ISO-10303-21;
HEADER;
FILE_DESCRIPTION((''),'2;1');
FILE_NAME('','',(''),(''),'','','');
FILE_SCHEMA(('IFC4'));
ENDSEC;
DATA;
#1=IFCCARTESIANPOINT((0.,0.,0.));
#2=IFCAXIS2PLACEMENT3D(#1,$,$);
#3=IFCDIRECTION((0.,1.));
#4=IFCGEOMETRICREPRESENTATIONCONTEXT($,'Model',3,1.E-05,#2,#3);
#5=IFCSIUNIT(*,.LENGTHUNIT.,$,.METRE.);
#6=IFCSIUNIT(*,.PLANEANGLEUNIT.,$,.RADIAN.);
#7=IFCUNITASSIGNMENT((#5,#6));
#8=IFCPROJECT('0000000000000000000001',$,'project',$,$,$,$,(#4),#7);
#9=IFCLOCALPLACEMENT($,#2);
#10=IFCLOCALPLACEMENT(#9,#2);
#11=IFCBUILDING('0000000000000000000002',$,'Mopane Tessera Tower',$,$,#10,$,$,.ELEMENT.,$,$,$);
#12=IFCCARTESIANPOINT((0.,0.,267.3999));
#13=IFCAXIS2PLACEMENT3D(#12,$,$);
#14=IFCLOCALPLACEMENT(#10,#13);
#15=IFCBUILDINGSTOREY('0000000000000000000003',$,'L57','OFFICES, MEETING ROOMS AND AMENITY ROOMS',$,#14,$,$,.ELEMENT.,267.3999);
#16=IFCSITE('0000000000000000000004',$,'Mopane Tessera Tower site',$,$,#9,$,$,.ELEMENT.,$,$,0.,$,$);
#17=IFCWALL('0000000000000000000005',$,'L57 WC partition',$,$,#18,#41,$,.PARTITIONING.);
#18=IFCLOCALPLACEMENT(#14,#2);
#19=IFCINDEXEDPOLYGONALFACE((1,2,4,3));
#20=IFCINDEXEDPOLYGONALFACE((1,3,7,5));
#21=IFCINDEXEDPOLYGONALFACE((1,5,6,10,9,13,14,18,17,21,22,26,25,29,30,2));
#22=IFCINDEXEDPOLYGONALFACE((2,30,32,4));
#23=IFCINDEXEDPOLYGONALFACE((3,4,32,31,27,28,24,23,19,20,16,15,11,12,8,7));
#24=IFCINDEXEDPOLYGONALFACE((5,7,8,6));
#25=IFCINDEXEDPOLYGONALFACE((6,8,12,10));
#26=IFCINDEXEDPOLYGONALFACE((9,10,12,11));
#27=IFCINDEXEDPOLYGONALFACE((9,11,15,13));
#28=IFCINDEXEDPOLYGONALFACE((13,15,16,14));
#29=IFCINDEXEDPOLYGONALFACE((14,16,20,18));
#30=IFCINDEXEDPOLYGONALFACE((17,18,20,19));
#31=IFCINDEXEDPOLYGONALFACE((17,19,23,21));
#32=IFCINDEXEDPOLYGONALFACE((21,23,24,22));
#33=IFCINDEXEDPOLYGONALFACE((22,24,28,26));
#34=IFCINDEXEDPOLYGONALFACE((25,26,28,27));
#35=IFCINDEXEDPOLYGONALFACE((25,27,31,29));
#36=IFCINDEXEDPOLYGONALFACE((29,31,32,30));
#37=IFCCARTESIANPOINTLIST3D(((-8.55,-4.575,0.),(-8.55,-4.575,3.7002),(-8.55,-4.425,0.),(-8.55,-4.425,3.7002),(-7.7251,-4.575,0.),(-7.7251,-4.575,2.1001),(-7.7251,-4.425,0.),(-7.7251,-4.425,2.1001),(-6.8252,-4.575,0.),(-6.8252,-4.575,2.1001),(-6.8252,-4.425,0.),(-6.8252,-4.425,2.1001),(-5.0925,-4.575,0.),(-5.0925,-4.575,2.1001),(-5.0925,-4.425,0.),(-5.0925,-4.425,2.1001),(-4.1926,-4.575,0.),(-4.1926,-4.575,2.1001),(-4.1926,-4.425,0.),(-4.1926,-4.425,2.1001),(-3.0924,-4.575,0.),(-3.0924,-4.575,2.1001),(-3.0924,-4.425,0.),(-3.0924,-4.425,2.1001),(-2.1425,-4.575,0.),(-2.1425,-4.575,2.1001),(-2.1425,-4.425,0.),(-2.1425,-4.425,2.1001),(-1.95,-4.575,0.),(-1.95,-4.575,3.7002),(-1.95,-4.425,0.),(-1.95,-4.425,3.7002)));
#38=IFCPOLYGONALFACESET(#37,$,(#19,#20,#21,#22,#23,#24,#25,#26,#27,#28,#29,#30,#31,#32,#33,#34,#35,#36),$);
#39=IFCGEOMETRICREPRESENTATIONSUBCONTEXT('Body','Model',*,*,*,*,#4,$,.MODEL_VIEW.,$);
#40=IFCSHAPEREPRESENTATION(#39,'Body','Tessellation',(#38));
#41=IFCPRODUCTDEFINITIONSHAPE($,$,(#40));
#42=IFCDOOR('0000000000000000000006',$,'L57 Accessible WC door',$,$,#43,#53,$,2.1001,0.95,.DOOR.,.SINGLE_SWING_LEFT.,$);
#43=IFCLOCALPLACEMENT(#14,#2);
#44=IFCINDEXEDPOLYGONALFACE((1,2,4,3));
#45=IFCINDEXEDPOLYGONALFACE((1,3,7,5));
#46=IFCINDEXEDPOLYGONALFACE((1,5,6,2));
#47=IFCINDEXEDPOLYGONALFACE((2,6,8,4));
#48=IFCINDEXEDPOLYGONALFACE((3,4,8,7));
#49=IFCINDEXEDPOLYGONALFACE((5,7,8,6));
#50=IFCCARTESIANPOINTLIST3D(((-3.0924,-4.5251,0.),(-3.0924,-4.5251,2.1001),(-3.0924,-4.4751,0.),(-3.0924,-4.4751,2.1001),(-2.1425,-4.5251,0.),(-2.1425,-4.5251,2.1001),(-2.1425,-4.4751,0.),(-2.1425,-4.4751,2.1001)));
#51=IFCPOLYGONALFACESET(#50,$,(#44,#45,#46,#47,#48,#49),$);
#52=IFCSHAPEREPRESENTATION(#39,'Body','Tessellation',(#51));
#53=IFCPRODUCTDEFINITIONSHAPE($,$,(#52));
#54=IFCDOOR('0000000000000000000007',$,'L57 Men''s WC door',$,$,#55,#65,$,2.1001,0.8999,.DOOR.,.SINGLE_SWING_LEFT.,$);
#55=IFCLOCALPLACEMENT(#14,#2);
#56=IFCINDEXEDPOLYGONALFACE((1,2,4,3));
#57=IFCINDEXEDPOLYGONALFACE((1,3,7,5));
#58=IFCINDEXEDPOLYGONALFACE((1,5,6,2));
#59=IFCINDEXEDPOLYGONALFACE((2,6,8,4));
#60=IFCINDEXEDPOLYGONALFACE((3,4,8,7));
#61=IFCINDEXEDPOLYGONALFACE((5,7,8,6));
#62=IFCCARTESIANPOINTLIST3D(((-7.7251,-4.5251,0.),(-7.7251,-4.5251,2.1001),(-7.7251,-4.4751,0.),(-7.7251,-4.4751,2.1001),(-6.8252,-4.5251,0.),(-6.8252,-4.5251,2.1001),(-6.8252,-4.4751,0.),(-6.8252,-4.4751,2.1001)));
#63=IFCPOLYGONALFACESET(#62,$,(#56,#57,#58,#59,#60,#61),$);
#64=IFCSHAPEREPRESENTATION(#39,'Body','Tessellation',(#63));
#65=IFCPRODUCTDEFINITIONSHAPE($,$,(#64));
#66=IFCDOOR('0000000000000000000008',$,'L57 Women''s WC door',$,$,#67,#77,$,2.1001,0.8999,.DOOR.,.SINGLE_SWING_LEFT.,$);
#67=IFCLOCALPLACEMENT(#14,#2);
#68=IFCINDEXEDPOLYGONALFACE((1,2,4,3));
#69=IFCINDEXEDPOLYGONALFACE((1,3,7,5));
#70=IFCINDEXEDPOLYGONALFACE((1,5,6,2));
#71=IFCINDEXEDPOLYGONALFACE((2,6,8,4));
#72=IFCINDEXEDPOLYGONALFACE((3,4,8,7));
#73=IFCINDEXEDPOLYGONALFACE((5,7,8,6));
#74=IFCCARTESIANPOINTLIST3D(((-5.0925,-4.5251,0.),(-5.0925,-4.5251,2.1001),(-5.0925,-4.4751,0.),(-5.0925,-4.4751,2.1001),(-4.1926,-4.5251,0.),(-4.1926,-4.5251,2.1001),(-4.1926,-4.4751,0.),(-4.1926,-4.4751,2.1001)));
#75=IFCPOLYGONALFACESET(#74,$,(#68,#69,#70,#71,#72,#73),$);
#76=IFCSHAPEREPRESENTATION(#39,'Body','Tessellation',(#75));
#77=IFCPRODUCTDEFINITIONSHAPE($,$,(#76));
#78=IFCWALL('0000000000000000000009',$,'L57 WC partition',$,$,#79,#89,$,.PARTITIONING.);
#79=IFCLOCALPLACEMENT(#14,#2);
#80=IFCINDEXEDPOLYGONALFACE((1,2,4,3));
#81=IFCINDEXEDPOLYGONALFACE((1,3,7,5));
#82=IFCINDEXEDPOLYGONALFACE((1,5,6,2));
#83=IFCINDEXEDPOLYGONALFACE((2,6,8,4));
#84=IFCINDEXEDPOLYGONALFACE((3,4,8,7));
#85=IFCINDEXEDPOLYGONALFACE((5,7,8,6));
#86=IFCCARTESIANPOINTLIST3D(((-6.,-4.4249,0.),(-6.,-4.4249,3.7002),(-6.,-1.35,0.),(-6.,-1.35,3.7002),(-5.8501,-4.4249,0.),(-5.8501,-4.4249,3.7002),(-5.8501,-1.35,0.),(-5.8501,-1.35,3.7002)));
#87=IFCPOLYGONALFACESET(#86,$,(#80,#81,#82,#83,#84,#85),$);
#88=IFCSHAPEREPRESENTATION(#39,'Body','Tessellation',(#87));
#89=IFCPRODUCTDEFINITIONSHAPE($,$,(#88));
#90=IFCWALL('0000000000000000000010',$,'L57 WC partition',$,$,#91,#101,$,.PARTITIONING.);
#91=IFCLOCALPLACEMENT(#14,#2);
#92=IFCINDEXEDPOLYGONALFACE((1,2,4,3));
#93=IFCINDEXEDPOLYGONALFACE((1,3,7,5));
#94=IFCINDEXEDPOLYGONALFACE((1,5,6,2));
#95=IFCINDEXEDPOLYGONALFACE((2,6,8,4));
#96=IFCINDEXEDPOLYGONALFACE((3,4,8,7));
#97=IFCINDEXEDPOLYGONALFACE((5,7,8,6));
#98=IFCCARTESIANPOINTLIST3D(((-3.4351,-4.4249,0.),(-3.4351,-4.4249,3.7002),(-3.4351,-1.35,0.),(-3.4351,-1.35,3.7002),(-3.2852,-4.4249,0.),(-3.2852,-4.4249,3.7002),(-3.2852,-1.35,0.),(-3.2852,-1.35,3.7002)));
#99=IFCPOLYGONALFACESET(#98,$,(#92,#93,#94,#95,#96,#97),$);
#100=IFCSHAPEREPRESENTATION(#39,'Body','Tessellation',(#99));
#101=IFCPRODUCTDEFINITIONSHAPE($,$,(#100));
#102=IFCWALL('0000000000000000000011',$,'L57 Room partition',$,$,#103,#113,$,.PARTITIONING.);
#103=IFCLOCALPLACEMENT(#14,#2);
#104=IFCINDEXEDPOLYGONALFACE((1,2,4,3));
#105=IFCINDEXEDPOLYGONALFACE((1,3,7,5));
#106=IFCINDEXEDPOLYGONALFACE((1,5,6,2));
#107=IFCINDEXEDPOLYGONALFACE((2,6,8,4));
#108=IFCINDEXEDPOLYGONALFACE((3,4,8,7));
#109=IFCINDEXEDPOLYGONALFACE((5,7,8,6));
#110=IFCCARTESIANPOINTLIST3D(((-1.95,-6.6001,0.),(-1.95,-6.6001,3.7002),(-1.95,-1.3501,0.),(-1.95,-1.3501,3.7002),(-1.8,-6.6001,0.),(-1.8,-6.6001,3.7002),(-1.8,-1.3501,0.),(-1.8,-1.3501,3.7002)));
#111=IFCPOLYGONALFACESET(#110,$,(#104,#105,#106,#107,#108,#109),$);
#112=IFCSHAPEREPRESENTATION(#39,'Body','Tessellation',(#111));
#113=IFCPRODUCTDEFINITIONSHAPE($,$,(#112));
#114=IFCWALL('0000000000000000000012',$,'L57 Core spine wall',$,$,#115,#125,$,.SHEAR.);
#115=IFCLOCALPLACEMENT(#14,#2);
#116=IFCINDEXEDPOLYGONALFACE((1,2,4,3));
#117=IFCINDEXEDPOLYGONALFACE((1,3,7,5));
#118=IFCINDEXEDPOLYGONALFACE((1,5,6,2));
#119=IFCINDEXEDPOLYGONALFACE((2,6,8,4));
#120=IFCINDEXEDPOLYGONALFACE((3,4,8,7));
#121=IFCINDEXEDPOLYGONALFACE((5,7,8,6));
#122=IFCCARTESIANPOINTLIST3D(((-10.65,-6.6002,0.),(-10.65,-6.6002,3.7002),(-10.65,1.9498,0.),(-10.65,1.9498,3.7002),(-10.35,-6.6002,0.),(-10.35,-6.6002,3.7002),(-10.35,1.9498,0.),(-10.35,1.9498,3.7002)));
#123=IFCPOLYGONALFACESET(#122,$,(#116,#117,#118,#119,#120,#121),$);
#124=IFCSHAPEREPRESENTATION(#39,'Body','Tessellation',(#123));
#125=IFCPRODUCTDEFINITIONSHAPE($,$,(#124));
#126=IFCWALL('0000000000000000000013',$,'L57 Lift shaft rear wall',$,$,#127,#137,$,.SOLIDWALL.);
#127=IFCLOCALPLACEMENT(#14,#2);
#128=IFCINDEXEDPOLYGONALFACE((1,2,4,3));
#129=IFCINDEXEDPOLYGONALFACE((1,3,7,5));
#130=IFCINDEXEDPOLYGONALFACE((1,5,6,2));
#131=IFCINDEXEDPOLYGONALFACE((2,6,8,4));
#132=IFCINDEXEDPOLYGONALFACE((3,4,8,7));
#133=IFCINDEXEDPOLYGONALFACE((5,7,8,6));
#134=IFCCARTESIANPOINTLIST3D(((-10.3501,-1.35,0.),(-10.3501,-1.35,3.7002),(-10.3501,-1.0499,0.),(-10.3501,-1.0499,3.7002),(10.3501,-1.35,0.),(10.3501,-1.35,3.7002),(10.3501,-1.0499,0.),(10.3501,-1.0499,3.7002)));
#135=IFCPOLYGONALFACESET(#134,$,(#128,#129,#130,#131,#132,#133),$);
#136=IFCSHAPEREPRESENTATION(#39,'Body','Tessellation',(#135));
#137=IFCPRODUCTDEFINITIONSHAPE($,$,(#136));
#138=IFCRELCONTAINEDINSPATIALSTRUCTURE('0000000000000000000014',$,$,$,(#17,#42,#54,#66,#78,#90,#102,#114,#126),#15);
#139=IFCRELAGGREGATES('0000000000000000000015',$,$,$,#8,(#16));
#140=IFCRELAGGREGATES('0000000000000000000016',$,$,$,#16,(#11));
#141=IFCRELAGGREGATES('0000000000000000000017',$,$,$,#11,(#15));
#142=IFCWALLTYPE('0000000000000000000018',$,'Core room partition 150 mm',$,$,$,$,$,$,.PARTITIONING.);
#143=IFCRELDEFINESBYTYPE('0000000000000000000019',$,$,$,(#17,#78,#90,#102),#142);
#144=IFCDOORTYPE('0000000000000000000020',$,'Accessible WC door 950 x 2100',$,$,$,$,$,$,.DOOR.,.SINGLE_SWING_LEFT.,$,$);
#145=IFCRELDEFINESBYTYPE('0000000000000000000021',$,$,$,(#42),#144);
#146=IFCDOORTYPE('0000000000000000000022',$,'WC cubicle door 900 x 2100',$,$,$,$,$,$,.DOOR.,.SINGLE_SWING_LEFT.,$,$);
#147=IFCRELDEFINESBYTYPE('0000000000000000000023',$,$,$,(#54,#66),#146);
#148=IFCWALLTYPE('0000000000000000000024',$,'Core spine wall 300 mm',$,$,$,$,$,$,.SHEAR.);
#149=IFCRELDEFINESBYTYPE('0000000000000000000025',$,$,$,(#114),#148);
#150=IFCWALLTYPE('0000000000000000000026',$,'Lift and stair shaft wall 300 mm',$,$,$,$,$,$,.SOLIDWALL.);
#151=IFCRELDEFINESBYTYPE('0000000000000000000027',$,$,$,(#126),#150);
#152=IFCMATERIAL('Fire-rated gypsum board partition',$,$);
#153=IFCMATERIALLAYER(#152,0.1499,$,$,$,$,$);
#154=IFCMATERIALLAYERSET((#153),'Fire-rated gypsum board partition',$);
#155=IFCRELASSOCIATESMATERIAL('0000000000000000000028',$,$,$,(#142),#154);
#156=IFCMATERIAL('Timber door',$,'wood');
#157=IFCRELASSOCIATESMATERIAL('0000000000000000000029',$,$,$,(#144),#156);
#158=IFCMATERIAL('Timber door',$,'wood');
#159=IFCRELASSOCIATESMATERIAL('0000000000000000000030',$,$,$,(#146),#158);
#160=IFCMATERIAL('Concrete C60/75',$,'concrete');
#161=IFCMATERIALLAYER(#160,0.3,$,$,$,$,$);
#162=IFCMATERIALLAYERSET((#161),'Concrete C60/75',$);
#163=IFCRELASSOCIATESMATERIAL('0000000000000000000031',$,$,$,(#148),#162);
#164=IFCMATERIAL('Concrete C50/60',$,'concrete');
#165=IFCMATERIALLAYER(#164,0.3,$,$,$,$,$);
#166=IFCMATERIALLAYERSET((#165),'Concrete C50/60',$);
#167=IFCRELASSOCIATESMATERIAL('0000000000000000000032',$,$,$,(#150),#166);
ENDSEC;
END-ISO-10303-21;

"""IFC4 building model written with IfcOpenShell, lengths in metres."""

from ifc_helpers import new_model, si_unit, direction, frame, frame_2d, origin, place, context, subcontext, project, spatial, rectangle, extrude, material, layer, layer_set, type_object, element, fill, save


model = new_model("IFC4")

# Units and contexts
model_context = context("Model", 3, precision=1e-05, world=origin(), true_north=direction((0.0, 1.0)))
body_context = subcontext(model_context, "Body", "Model", "MODEL_VIEW")
ifc_project = project(units=[si_unit("LENGTHUNIT", "METRE"), si_unit("PLANEANGLEUNIT", "RADIAN")], contexts=[model_context])

# Site, building, storey
site_placement = place(None, origin())
site = spatial("IfcSite", under=ifc_project, at=site_placement, Name="Mopane Tessera Tower site", CompositionType="ELEMENT", RefElevation=0.0)
building_placement = place(site_placement, origin())
building = spatial("IfcBuilding", under=site, at=building_placement, Name="Mopane Tessera Tower", CompositionType="ELEMENT")
storey_placement = place(building_placement, frame((0.0, 0.0, 267.3999)))
storey = spatial("IfcBuildingStorey", under=building, at=storey_placement, Name="L57", Description="OFFICES, MEETING ROOMS AND AMENITY ROOMS", CompositionType="ELEMENT", Elevation=267.3999)

# Shared definitions
ifc_material_1 = material(Name="Fire-rated gypsum board partition")
ifc_layer_1 = layer(ifc_material_1, 0.1499)
ifc_layer_set_1 = layer_set([ifc_layer_1], Name="Fire-rated gypsum board partition")
wall_type_1 = type_object("IfcWallType", Name="Core room partition 150 mm", PredefinedType="PARTITIONING", material=ifc_layer_set_1)

# Wall, openings, doors
wall_1_placement = place(storey_placement, frame((-8.55, -4.5, 0.0), z_axis=(0.0, 0.0, 1.0), x_axis=(1.0, 0.0, 0.0)))
wall_1 = element("IfcWall", 1, at=wall_1_placement, inside=storey, type_object=wall_type_1, Name="L57 WC partition", PredefinedType="PARTITIONING", context=body_context, shape_type="SweptSolid", body=[
    extrude(rectangle(XDim=6.6001, YDim=0.1499, at=frame_2d((3.3, 0.0))), origin(), (0.0, 0.0, 1.0), 3.7002),
])
opening_1_placement = place(wall_1_placement, frame((0.825, 0.0, 0.0)))
opening_1 = element("IfcOpeningElement", 2, at=opening_1_placement, cuts=wall_1, PredefinedType="OPENING", context=body_context, shape_type="SweptSolid", body=[
    extrude(rectangle(XDim=0.8999, YDim=2.1001, at=frame_2d((0.45, 1.05))), frame((0.0, 0.0869, 0.0), z_axis=(0.0, -1.0, 0.0), x_axis=(1.0, 0.0, 0.0)), (0.0, 0.0, 1.0), 0.1738),
])
opening_2_placement = place(wall_1_placement, frame((3.4575, 0.0, 0.0)))
opening_2 = element("IfcOpeningElement", 3, at=opening_2_placement, cuts=wall_1, PredefinedType="OPENING", context=body_context, shape_type="SweptSolid", body=[
    extrude(rectangle(XDim=0.8999, YDim=2.1001, at=frame_2d((0.45, 1.05))), frame((0.0, 0.0869, 0.0), z_axis=(0.0, -1.0, 0.0), x_axis=(1.0, 0.0, 0.0)), (0.0, 0.0, 1.0), 0.1738),
])
opening_3_placement = place(wall_1_placement, frame((5.4575, 0.0, 0.0)))
opening_3 = element("IfcOpeningElement", 4, at=opening_3_placement, cuts=wall_1, PredefinedType="OPENING", context=body_context, shape_type="SweptSolid", body=[
    extrude(rectangle(XDim=0.95, YDim=2.1001, at=frame_2d((0.4751, 1.05))), frame((0.0, 0.0869, 0.0), z_axis=(0.0, -1.0, 0.0), x_axis=(1.0, 0.0, 0.0)), (0.0, 0.0, 1.0), 0.1738),
])
ifc_material_2 = material(Name="Timber door", Category="wood")
door_type_1 = type_object("IfcDoorType", Name="Accessible WC door 950 x 2100", OperationType="SINGLE_SWING_LEFT", PredefinedType="DOOR", material=ifc_material_2)
door_1_placement = place(opening_3_placement, origin())
door_1 = element("IfcDoor", 5, at=door_1_placement, inside=storey, type_object=door_type_1, Name="L57 Accessible WC door", OperationType="SINGLE_SWING_LEFT", OverallHeight=2.1001, OverallWidth=0.95, PredefinedType="DOOR", context=body_context, shape_type="SweptSolid", body=[
    extrude(rectangle(XDim=0.95, YDim=2.1001, at=frame_2d((0.4751, 1.05))), frame((0.0, 0.0249, 0.0), z_axis=(0.0, -1.0, 0.0), x_axis=(1.0, 0.0, 0.0)), (0.0, 0.0, 1.0), 0.05),
])
fill(opening_3, door_1)
ifc_material_3 = material(Name="Timber door", Category="wood")
door_type_2 = type_object("IfcDoorType", Name="WC cubicle door 900 x 2100", OperationType="SINGLE_SWING_LEFT", PredefinedType="DOOR", material=ifc_material_3)
door_2_placement = place(opening_1_placement, origin())
door_2 = element("IfcDoor", 6, at=door_2_placement, inside=storey, type_object=door_type_2, Name="L57 Men's WC door", OperationType="SINGLE_SWING_LEFT", OverallHeight=2.1001, OverallWidth=0.8999, PredefinedType="DOOR", context=body_context, shape_type="SweptSolid", body=[
    extrude(rectangle(XDim=0.8999, YDim=2.1001, at=frame_2d((0.45, 1.05))), frame((0.0, 0.0249, 0.0), z_axis=(0.0, -1.0, 0.0), x_axis=(1.0, 0.0, 0.0)), (0.0, 0.0, 1.0), 0.05),
])
fill(opening_1, door_2)
door_3_placement = place(opening_2_placement, origin())
door_3 = element("IfcDoor", 7, at=door_3_placement, inside=storey, type_object=door_type_2, Name="L57 Women's WC door", OperationType="SINGLE_SWING_LEFT", OverallHeight=2.1001, OverallWidth=0.8999, PredefinedType="DOOR", context=body_context, shape_type="SweptSolid", body=[
    extrude(rectangle(XDim=0.8999, YDim=2.1001, at=frame_2d((0.45, 1.05))), frame((0.0, 0.0249, 0.0), z_axis=(0.0, -1.0, 0.0), x_axis=(1.0, 0.0, 0.0)), (0.0, 0.0, 1.0), 0.05),
])
fill(opening_2, door_3)

# Walls
for number, where, z_axis, x_axis, name in (
    (8, (-5.925, -4.425, 0.0), (0.0, 0.0, 1.0), (0.0, 1.0, 0.0), "L57 WC partition"),
    (9, (-3.3601, -4.425, 0.0), (0.0, 0.0, 1.0), (0.0, 1.0, 0.0), "L57 WC partition"),
):
    element("IfcWall", number, at=place(storey_placement, frame(where, z_axis=z_axis, x_axis=x_axis)), inside=storey, type_object=wall_type_1, Name=name, PredefinedType="PARTITIONING", context=body_context, shape_type="SweptSolid", body=[
        extrude(rectangle(XDim=3.075, YDim=0.1499, at=frame_2d((1.5376, 0.0))), origin(), (0.0, 0.0, 1.0), 3.7002),
    ])
wall_2_placement = place(storey_placement, frame((-1.875, -6.6001, 0.0), z_axis=(0.0, 0.0, 1.0), x_axis=(0.0, 1.0, 0.0)))
element("IfcWall", 10, at=wall_2_placement, inside=storey, type_object=wall_type_1, Name="L57 Room partition", PredefinedType="PARTITIONING", context=body_context, shape_type="SweptSolid", body=[
    extrude(rectangle(XDim=5.25, YDim=0.1499, at=frame_2d((2.625, 0.0))), origin(), (0.0, 0.0, 1.0), 3.7002),
])
ifc_material_4 = material(Name="Concrete C60/75", Category="concrete")
ifc_layer_2 = layer(ifc_material_4, 0.3)
ifc_layer_set_2 = layer_set([ifc_layer_2], Name="Concrete C60/75")
wall_type_2 = type_object("IfcWallType", Name="Core spine wall 300 mm", PredefinedType="SHEAR", material=ifc_layer_set_2)
wall_3_placement = place(storey_placement, frame((-10.5, -6.6001, 0.0), z_axis=(0.0, 0.0, 1.0), x_axis=(0.0, 1.0, 0.0)))
element("IfcWall", 11, at=wall_3_placement, inside=storey, type_object=wall_type_2, Name="L57 Core spine wall", PredefinedType="SHEAR", context=body_context, shape_type="SweptSolid", body=[
    extrude(rectangle(XDim=8.55, YDim=0.3, at=frame_2d((4.2749, 0.0))), origin(), (0.0, 0.0, 1.0), 3.7002),
])
ifc_material_5 = material(Name="Concrete C50/60", Category="concrete")
ifc_layer_3 = layer(ifc_material_5, 0.3)
ifc_layer_set_3 = layer_set([ifc_layer_3], Name="Concrete C50/60")
wall_type_3 = type_object("IfcWallType", Name="Lift and stair shaft wall 300 mm", PredefinedType="SOLIDWALL", material=ifc_layer_set_3)
wall_4_placement = place(storey_placement, frame((-10.3501, -1.2, 0.0), z_axis=(0.0, 0.0, 1.0), x_axis=(1.0, 0.0, 0.0)))
element("IfcWall", 12, at=wall_4_placement, inside=storey, type_object=wall_type_3, Name="L57 Lift shaft rear wall", PredefinedType="SOLIDWALL", context=body_context, shape_type="SweptSolid", body=[
    extrude(rectangle(XDim=20.7002, YDim=0.3, at=frame_2d((10.3501, 0.0))), origin(), (0.0, 0.0, 1.0), 3.7002),
])

save(model, "model.ifc")
